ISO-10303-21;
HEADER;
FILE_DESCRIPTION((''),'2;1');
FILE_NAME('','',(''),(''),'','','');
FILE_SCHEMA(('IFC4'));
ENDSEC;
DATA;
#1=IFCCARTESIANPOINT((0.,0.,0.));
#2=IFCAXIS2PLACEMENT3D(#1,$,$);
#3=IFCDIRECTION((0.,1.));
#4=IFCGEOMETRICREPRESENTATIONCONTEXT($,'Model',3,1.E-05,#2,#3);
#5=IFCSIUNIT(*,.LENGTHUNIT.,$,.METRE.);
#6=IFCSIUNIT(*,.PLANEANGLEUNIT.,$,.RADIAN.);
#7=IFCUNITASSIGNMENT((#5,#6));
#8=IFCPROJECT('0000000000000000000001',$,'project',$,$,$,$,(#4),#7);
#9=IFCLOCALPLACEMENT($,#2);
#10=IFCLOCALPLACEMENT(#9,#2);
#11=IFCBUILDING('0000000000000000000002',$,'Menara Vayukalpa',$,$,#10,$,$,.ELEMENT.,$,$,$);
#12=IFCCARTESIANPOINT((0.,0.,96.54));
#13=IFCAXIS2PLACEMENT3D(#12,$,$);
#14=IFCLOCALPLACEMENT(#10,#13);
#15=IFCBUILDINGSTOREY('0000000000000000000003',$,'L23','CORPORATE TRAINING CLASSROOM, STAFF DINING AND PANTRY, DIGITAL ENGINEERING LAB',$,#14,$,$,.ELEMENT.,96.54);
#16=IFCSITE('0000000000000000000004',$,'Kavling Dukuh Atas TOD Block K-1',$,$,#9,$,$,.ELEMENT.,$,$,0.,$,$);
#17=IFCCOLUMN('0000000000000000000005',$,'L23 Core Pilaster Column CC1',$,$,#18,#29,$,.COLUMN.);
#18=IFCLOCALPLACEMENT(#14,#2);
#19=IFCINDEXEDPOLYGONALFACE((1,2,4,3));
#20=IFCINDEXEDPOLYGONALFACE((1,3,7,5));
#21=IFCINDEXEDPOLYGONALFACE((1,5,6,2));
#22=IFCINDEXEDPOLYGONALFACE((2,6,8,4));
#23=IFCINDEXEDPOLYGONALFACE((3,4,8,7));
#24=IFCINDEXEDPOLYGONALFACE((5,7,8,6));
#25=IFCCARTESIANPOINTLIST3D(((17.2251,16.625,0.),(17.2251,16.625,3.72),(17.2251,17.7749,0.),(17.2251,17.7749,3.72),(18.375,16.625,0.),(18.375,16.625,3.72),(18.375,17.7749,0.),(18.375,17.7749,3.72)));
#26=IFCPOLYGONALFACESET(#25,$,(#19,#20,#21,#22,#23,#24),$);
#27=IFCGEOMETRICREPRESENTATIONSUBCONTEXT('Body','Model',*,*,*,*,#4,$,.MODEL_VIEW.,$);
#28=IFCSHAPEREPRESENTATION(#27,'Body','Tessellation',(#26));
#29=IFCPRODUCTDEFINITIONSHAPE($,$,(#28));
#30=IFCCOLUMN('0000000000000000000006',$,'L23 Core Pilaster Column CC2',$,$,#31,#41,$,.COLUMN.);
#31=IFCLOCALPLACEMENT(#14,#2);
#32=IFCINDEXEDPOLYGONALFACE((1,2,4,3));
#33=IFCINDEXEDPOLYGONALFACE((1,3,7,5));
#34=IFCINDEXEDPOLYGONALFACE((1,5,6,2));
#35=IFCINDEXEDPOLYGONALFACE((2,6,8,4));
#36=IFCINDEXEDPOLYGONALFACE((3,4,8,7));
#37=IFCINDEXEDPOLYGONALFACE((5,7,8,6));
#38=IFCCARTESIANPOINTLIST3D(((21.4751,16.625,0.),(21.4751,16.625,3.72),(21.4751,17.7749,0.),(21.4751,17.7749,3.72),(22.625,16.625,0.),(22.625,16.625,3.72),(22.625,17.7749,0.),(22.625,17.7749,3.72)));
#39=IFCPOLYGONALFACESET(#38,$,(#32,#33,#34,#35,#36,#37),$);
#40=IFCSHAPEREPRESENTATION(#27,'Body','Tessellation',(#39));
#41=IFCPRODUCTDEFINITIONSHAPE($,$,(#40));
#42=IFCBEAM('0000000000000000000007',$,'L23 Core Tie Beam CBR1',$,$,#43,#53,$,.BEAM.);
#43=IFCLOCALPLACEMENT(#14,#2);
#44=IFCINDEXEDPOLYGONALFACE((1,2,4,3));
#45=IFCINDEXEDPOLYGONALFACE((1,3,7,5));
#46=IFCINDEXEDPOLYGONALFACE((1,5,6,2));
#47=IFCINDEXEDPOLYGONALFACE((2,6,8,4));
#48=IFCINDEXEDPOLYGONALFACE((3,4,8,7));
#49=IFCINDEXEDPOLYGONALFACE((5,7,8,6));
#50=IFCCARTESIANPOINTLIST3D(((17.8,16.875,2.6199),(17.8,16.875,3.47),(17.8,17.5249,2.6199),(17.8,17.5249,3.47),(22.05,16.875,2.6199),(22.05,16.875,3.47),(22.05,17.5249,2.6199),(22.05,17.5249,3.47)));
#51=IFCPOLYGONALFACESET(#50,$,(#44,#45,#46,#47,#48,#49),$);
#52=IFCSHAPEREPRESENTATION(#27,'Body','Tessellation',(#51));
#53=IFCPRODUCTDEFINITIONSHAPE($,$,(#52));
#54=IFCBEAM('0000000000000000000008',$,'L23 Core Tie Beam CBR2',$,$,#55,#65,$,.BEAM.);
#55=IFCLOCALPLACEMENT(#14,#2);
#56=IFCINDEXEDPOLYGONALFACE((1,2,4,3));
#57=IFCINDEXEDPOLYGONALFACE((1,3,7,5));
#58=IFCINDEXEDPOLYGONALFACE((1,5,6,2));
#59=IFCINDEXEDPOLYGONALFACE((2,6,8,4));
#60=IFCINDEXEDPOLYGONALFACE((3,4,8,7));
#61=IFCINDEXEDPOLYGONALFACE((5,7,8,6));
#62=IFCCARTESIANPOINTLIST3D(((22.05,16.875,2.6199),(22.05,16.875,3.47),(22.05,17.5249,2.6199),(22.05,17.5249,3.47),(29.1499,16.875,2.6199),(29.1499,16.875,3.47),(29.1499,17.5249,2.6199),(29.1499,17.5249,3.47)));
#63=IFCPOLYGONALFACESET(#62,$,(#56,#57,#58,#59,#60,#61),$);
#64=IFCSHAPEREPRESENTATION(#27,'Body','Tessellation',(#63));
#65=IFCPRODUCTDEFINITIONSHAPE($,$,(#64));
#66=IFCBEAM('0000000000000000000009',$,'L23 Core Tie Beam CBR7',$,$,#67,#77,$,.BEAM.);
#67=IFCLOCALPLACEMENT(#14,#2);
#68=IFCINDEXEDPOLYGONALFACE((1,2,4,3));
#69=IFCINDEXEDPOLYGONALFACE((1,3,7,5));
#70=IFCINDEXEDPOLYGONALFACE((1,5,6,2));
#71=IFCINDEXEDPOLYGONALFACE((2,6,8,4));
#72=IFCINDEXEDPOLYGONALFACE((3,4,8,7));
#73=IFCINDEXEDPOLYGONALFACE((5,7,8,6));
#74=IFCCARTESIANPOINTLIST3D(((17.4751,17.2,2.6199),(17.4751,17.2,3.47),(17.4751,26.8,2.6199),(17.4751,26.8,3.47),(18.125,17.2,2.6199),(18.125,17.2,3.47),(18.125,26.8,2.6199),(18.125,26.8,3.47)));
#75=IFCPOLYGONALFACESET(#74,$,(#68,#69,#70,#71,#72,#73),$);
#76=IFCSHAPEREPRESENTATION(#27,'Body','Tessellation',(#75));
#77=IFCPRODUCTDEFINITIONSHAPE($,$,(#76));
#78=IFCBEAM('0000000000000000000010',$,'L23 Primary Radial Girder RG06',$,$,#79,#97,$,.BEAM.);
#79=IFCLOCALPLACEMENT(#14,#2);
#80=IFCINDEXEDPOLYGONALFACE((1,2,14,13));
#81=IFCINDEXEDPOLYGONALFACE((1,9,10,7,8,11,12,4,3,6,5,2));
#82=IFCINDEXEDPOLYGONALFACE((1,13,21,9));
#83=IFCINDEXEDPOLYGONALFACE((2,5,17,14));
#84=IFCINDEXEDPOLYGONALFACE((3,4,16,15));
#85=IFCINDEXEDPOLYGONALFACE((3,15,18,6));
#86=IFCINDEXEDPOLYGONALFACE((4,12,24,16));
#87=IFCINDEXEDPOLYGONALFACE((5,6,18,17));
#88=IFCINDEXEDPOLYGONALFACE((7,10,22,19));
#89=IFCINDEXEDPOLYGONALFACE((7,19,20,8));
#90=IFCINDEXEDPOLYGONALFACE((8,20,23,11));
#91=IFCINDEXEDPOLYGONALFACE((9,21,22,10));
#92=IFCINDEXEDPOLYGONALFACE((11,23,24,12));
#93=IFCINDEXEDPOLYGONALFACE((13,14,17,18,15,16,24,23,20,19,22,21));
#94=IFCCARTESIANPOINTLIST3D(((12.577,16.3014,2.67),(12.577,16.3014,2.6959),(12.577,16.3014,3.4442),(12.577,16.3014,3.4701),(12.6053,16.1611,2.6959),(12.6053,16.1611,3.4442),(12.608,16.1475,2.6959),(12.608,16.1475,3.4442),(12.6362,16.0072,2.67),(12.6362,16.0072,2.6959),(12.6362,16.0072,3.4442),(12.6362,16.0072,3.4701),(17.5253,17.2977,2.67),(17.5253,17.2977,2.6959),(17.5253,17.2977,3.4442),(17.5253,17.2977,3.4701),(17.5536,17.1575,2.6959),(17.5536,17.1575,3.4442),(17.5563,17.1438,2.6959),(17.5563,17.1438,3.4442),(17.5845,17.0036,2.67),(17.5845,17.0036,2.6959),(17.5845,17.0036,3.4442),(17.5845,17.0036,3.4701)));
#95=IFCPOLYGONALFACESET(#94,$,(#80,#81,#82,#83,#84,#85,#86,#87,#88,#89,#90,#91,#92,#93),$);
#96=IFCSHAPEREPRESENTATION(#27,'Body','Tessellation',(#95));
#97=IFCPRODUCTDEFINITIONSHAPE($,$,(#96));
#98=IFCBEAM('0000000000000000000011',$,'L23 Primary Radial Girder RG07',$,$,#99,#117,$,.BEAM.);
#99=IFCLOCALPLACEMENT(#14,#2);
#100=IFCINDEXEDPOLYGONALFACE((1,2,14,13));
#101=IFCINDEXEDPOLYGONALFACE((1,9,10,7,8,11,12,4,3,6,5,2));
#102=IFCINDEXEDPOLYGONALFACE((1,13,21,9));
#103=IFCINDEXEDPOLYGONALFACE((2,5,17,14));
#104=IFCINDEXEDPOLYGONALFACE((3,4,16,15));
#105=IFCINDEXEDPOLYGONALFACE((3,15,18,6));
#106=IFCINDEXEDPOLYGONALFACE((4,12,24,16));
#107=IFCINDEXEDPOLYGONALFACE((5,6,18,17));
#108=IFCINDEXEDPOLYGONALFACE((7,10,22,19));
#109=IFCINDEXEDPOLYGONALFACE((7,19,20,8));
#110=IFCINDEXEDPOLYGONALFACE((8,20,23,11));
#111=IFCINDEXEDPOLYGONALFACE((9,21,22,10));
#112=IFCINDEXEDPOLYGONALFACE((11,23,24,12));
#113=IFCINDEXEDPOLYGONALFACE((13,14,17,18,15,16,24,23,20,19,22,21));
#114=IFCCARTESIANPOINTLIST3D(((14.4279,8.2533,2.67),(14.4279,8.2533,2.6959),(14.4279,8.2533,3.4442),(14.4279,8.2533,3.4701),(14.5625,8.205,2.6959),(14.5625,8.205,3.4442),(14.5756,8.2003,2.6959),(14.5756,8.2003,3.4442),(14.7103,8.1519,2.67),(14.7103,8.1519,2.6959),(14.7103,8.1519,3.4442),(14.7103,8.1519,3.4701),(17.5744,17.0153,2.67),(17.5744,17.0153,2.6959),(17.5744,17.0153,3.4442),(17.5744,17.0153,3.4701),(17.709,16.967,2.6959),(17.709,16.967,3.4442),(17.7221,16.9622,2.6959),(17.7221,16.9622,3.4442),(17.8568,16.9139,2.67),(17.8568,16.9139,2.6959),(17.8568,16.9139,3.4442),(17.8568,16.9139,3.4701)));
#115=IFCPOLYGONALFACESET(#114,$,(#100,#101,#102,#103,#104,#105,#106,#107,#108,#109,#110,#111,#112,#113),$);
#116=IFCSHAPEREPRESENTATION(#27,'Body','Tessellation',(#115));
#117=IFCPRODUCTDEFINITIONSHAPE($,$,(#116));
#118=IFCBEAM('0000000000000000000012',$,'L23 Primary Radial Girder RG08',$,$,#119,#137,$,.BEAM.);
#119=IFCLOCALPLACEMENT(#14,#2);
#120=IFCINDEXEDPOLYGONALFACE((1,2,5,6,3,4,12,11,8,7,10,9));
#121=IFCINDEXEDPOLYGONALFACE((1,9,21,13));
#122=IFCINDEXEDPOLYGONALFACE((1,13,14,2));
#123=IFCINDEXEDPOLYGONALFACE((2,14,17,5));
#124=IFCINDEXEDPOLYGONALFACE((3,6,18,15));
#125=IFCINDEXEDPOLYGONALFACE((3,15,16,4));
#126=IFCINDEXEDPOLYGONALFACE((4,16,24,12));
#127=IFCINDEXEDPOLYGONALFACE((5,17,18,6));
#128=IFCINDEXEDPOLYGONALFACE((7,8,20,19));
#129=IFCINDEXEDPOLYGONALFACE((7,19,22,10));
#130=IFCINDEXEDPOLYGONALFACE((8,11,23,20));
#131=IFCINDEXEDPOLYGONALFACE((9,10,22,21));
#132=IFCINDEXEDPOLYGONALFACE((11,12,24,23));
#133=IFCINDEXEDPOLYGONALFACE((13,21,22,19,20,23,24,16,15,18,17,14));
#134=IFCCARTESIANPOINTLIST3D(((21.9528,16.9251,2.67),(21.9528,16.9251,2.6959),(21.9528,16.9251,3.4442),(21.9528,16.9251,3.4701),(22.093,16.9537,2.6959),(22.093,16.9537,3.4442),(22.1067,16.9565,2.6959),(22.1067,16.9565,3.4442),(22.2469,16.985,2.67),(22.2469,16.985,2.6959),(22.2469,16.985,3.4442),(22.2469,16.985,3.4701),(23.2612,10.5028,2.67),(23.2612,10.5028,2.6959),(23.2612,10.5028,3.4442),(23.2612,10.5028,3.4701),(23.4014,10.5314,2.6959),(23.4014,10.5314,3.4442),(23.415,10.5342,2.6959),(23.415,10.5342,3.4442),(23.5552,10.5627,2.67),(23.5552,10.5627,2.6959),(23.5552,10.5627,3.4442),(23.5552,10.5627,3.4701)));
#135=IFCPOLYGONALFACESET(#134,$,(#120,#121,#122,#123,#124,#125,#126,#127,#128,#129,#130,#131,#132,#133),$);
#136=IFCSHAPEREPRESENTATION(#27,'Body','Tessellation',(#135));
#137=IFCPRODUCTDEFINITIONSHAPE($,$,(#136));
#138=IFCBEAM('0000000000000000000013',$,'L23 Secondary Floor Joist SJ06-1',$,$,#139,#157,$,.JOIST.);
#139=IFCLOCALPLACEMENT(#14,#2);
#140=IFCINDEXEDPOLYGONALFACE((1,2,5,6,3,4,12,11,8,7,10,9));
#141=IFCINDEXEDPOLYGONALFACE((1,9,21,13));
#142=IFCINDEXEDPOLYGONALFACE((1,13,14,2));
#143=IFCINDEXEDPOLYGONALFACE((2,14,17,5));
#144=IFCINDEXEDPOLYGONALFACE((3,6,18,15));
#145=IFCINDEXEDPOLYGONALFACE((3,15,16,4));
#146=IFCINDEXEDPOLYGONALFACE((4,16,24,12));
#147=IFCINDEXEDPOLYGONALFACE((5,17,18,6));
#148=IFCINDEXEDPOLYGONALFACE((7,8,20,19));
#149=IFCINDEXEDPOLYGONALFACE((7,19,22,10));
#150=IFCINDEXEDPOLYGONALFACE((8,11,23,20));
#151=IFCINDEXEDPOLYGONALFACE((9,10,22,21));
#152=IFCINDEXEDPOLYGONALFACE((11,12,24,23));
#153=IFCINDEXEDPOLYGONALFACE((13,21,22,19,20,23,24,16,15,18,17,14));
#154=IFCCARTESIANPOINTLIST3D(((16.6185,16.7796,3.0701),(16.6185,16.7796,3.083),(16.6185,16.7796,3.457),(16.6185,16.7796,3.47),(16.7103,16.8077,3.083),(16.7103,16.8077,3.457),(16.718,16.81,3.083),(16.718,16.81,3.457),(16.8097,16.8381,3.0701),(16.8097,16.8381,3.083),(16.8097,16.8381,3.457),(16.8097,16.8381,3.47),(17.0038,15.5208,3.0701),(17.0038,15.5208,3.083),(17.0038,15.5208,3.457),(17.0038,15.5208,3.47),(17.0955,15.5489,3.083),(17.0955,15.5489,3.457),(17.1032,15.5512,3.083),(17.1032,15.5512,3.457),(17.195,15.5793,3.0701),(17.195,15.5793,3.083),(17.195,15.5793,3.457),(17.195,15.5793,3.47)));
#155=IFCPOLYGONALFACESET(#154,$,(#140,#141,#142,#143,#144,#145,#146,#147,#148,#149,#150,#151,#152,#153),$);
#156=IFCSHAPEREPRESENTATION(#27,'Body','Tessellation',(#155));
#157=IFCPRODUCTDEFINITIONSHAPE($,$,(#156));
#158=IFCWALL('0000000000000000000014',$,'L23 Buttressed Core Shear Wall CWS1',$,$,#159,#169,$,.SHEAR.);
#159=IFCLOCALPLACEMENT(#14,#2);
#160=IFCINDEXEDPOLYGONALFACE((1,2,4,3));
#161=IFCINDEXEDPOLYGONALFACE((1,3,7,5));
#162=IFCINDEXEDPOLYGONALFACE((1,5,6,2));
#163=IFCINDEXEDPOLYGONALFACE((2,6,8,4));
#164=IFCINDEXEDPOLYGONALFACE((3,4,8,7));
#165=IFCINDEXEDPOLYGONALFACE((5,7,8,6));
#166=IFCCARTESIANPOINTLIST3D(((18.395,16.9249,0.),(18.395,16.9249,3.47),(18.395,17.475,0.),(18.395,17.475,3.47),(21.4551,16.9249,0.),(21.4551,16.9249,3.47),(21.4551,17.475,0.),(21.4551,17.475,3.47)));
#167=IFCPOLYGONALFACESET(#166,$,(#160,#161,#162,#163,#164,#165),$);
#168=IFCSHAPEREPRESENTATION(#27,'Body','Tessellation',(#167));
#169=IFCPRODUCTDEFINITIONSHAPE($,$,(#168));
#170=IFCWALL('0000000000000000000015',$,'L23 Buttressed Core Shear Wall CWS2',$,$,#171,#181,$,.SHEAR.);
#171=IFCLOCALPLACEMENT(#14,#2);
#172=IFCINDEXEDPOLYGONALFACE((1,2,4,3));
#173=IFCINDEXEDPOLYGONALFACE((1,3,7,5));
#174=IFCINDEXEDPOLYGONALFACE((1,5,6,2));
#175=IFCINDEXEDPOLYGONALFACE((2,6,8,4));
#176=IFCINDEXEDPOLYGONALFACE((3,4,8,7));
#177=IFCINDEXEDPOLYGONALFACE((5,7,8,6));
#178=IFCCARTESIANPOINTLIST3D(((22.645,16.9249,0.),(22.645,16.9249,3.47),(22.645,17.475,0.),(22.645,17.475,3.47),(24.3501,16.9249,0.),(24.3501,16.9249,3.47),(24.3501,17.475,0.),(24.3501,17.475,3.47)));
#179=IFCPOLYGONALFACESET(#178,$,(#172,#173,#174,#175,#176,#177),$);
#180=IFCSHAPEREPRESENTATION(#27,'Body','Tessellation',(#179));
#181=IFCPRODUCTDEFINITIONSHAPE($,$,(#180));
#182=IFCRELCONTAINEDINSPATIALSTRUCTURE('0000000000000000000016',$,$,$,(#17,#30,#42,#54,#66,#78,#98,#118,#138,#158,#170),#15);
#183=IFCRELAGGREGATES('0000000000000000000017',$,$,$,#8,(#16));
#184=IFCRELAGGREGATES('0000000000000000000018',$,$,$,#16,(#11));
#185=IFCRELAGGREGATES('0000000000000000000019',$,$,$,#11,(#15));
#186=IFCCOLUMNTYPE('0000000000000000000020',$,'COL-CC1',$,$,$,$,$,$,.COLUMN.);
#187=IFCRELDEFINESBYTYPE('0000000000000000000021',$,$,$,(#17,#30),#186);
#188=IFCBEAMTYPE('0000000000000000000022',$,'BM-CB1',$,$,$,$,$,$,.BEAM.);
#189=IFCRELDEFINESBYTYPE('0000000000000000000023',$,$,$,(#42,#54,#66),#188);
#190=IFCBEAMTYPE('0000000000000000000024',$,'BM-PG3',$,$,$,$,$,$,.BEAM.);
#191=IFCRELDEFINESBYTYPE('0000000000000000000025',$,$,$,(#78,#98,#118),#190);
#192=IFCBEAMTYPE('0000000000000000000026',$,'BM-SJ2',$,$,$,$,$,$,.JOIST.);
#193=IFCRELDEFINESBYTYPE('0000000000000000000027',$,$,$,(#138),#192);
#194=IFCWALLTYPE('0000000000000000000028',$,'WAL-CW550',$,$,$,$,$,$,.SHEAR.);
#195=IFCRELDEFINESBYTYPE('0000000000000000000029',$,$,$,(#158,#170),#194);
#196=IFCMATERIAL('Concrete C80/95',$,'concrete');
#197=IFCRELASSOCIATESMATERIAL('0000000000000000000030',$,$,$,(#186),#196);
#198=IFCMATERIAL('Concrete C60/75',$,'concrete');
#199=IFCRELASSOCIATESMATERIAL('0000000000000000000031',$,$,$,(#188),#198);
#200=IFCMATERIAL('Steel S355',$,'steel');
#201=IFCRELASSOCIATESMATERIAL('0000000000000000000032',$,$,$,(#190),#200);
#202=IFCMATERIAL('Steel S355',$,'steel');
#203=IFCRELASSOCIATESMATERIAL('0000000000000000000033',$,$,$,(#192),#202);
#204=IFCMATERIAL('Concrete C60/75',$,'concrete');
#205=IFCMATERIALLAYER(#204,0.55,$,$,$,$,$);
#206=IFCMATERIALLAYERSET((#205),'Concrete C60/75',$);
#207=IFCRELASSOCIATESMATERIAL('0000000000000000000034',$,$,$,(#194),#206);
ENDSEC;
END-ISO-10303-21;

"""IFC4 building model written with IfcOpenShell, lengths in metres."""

from ifc_helpers import new_model, si_unit, direction, frame, frame_2d, origin, origin_2d, place, context, subcontext, project, spatial, rectangle, i_section, extrude, material, layer, layer_set, material_profile, profile_set, type_object, element, save


model = new_model("IFC4")

# Units and contexts
model_context = context("Model", 3, precision=1e-05, world=origin(), true_north=direction((0.0, 1.0)))
body_context = subcontext(model_context, "Body", "Model", "MODEL_VIEW")
ifc_project = project(units=[si_unit("LENGTHUNIT", "METRE"), si_unit("PLANEANGLEUNIT", "RADIAN")], contexts=[model_context])

# Site, building, storey
site_placement = place(None, origin())
site = spatial("IfcSite", under=ifc_project, at=site_placement, Name="Kavling Dukuh Atas TOD Block K-1", CompositionType="ELEMENT", RefElevation=0.0)
building_placement = place(site_placement, origin())
building = spatial("IfcBuilding", under=site, at=building_placement, Name="Menara Vayukalpa", CompositionType="ELEMENT")
storey_placement = place(building_placement, frame((0.0, 0.0, 96.54)))
storey = spatial("IfcBuildingStorey", under=building, at=storey_placement, Name="L23", Description="CORPORATE TRAINING CLASSROOM, STAFF DINING AND PANTRY, DIGITAL ENGINEERING LAB", CompositionType="ELEMENT", Elevation=96.54)

# Columns
ifc_material_1 = material(Name="Concrete C80/95", Category="concrete")
ifc_material_profile_1 = material_profile(ifc_material_1, rectangle(XDim=1.1499, YDim=1.1499, at=origin_2d()), Name="RC 1150x1150")
ifc_profile_set_1 = profile_set([ifc_material_profile_1], Name="Concrete C80/95")
column_type = type_object("IfcColumnType", Name="COL-CC1", PredefinedType="COLUMN", material=ifc_profile_set_1)
for number, where, z_axis, x_axis, name in (
    (1, (17.8, 17.2, 0.0), (0.0, 0.0, 1.0), (1.0, 0.0, 0.0), "L23 Core Pilaster Column CC1"),
    (2, (22.05, 17.2, 0.0), (0.0, 0.0, 1.0), (1.0, 0.0, 0.0), "L23 Core Pilaster Column CC2"),
):
    element("IfcColumn", number, at=place(storey_placement, frame(where, z_axis=z_axis, x_axis=x_axis)), inside=storey, type_object=column_type, Name=name, PredefinedType="COLUMN", context=body_context, shape_type="SweptSolid", body=[
        extrude(rectangle(XDim=1.1499, YDim=1.1499, at=origin_2d()), origin(), (0.0, 0.0, 1.0), 3.72),
    ])

# Beams
ifc_material_2 = material(Name="Concrete C60/75", Category="concrete")
ifc_material_profile_2 = material_profile(ifc_material_2, rectangle(XDim=0.6499, YDim=0.8501, at=origin_2d()), Name="RC 650x850")
ifc_profile_set_2 = profile_set([ifc_material_profile_2], Name="Concrete C60/75")
beam_type_1 = type_object("IfcBeamType", Name="BM-CB1", PredefinedType="BEAM", material=ifc_profile_set_2)
beam_1_placement = place(storey_placement, frame((17.8, 17.2, 3.0449), z_axis=(1.0, 0.0, 0.0), x_axis=(0.0, 1.0, 0.0)))
element("IfcBeam", 3, at=beam_1_placement, inside=storey, type_object=beam_type_1, Name="L23 Core Tie Beam CBR1", PredefinedType="BEAM", context=body_context, shape_type="SweptSolid", body=[
    extrude(rectangle(XDim=0.6499, YDim=0.8501, at=origin_2d()), origin(), (0.0, 0.0, 1.0), 4.25),
])
beam_2_placement = place(storey_placement, frame((22.05, 17.2, 3.0449), z_axis=(1.0, 0.0, 0.0), x_axis=(0.0, 1.0, 0.0)))
element("IfcBeam", 4, at=beam_2_placement, inside=storey, type_object=beam_type_1, Name="L23 Core Tie Beam CBR2", PredefinedType="BEAM", context=body_context, shape_type="SweptSolid", body=[
    extrude(rectangle(XDim=0.6499, YDim=0.8501, at=origin_2d()), origin(), (0.0, 0.0, 1.0), 7.0999),
])
beam_3_placement = place(storey_placement, frame((17.8, 17.2, 3.0449), z_axis=(0.0, 1.0, 0.0), x_axis=(-1.0, 0.0, 0.0)))
element("IfcBeam", 5, at=beam_3_placement, inside=storey, type_object=beam_type_1, Name="L23 Core Tie Beam CBR7", PredefinedType="BEAM", context=body_context, shape_type="SweptSolid", body=[
    extrude(rectangle(XDim=0.6499, YDim=0.8501, at=origin_2d()), origin(), (0.0, 0.0, 1.0), 9.6001),
])
ifc_material_3 = material(Name="Steel S355", Category="steel")
ifc_material_profile_3 = material_profile(ifc_material_3, i_section(OverallWidth=0.3, OverallDepth=0.8, WebThickness=0.0139, FlangeThickness=0.0259, at=origin_2d()), Name="WF 800x300x14x26")
ifc_profile_set_3 = profile_set([ifc_material_profile_3], Name="Steel S355")
beam_type_2 = type_object("IfcBeamType", Name="BM-PG3", PredefinedType="BEAM", material=ifc_profile_set_3)
beam_4_placement = place(storey_placement, frame((17.5549, 17.1506, 3.0701), z_axis=(-0.980325, -0.19739, 0.0), x_axis=(0.19739, -0.980325, 0.0)))
element("IfcBeam", 6, at=beam_4_placement, inside=storey, type_object=beam_type_2, Name="L23 Primary Radial Girder RG06", PredefinedType="BEAM", context=body_context, shape_type="SweptSolid", body=[
    extrude(i_section(OverallWidth=0.3, OverallDepth=0.8, WebThickness=0.0139, FlangeThickness=0.0259, at=origin_2d()), origin(), (0.0, 0.0, 1.0), 5.0476),
])
beam_5_placement = place(storey_placement, frame((17.7156, 16.9646, 3.0701), z_axis=(-0.337976, -0.941155, 0.0), x_axis=(0.941155, -0.337976, 0.0)))
element("IfcBeam", 7, at=beam_5_placement, inside=storey, type_object=beam_type_2, Name="L23 Primary Radial Girder RG07", PredefinedType="BEAM", context=body_context, shape_type="SweptSolid", body=[
    extrude(i_section(OverallWidth=0.3, OverallDepth=0.8, WebThickness=0.0139, FlangeThickness=0.0259, at=origin_2d()), origin(), (0.0, 0.0, 1.0), 9.3098),
])
beam_6_placement = place(storey_placement, frame((22.0999, 16.9551, 3.0701), z_axis=(0.199618, -0.979874, 0.0), x_axis=(0.979874, 0.199618, 0.0)))
element("IfcBeam", 8, at=beam_6_placement, inside=storey, type_object=beam_type_2, Name="L23 Primary Radial Girder RG08", PredefinedType="BEAM", context=body_context, shape_type="SweptSolid", body=[
    extrude(i_section(OverallWidth=0.3, OverallDepth=0.8, WebThickness=0.0139, FlangeThickness=0.0259, at=origin_2d()), origin(), (0.0, 0.0, 1.0), 6.5542),
])
ifc_material_4 = material(Name="Steel S355", Category="steel")
ifc_material_profile_4 = material_profile(ifc_material_4, i_section(OverallWidth=0.2, OverallDepth=0.3999, WebThickness=0.0081, FlangeThickness=0.0129, at=origin_2d()), Name="WF 400x200x8x13")
ifc_profile_set_4 = profile_set([ifc_material_profile_4], Name="Steel S355")
beam_type_3 = type_object("IfcBeamType", Name="BM-SJ2", PredefinedType="JOIST", material=ifc_profile_set_4)
beam_7_placement = place(storey_placement, frame((16.7141, 16.8088, 3.27), z_axis=(0.292652, -0.956219, 0.0), x_axis=(0.956219, 0.292652, 0.0)))
element("IfcBeam", 9, at=beam_7_placement, inside=storey, type_object=beam_type_3, Name="L23 Secondary Floor Joist SJ06-1", PredefinedType="JOIST", context=body_context, shape_type="SweptSolid", body=[
    extrude(i_section(OverallWidth=0.2, OverallDepth=0.3999, WebThickness=0.0081, FlangeThickness=0.0129, at=origin_2d()), origin(), (0.0, 0.0, 1.0), 1.3164),
])

# Walls
ifc_material_5 = material(Name="Concrete C60/75", Category="concrete")
ifc_layer_1 = layer(ifc_material_5, 0.55)
ifc_layer_set_1 = layer_set([ifc_layer_1], Name="Concrete C60/75")
wall_type_1 = type_object("IfcWallType", Name="WAL-CW550", PredefinedType="SHEAR", material=ifc_layer_set_1)
wall_1_placement = place(storey_placement, frame((18.395, 17.2, 0.0), z_axis=(0.0, 0.0, 1.0), x_axis=(1.0, 0.0, 0.0)))
element("IfcWall", 10, at=wall_1_placement, inside=storey, type_object=wall_type_1, Name="L23 Buttressed Core Shear Wall CWS1", PredefinedType="SHEAR", context=body_context, shape_type="SweptSolid", body=[
    extrude(rectangle(XDim=3.0601, YDim=0.55, at=frame_2d((1.53, 0.0))), origin(), (0.0, 0.0, 1.0), 3.47),
])
wall_2_placement = place(storey_placement, frame((22.645, 17.2, 0.0), z_axis=(0.0, 0.0, 1.0), x_axis=(1.0, 0.0, 0.0)))
element("IfcWall", 11, at=wall_2_placement, inside=storey, type_object=wall_type_1, Name="L23 Buttressed Core Shear Wall CWS2", PredefinedType="SHEAR", context=body_context, shape_type="SweptSolid", body=[
    extrude(rectangle(XDim=1.7051, YDim=0.55, at=frame_2d((0.8525, 0.0))), origin(), (0.0, 0.0, 1.0), 3.47),
])

save(model, "model.ifc")
